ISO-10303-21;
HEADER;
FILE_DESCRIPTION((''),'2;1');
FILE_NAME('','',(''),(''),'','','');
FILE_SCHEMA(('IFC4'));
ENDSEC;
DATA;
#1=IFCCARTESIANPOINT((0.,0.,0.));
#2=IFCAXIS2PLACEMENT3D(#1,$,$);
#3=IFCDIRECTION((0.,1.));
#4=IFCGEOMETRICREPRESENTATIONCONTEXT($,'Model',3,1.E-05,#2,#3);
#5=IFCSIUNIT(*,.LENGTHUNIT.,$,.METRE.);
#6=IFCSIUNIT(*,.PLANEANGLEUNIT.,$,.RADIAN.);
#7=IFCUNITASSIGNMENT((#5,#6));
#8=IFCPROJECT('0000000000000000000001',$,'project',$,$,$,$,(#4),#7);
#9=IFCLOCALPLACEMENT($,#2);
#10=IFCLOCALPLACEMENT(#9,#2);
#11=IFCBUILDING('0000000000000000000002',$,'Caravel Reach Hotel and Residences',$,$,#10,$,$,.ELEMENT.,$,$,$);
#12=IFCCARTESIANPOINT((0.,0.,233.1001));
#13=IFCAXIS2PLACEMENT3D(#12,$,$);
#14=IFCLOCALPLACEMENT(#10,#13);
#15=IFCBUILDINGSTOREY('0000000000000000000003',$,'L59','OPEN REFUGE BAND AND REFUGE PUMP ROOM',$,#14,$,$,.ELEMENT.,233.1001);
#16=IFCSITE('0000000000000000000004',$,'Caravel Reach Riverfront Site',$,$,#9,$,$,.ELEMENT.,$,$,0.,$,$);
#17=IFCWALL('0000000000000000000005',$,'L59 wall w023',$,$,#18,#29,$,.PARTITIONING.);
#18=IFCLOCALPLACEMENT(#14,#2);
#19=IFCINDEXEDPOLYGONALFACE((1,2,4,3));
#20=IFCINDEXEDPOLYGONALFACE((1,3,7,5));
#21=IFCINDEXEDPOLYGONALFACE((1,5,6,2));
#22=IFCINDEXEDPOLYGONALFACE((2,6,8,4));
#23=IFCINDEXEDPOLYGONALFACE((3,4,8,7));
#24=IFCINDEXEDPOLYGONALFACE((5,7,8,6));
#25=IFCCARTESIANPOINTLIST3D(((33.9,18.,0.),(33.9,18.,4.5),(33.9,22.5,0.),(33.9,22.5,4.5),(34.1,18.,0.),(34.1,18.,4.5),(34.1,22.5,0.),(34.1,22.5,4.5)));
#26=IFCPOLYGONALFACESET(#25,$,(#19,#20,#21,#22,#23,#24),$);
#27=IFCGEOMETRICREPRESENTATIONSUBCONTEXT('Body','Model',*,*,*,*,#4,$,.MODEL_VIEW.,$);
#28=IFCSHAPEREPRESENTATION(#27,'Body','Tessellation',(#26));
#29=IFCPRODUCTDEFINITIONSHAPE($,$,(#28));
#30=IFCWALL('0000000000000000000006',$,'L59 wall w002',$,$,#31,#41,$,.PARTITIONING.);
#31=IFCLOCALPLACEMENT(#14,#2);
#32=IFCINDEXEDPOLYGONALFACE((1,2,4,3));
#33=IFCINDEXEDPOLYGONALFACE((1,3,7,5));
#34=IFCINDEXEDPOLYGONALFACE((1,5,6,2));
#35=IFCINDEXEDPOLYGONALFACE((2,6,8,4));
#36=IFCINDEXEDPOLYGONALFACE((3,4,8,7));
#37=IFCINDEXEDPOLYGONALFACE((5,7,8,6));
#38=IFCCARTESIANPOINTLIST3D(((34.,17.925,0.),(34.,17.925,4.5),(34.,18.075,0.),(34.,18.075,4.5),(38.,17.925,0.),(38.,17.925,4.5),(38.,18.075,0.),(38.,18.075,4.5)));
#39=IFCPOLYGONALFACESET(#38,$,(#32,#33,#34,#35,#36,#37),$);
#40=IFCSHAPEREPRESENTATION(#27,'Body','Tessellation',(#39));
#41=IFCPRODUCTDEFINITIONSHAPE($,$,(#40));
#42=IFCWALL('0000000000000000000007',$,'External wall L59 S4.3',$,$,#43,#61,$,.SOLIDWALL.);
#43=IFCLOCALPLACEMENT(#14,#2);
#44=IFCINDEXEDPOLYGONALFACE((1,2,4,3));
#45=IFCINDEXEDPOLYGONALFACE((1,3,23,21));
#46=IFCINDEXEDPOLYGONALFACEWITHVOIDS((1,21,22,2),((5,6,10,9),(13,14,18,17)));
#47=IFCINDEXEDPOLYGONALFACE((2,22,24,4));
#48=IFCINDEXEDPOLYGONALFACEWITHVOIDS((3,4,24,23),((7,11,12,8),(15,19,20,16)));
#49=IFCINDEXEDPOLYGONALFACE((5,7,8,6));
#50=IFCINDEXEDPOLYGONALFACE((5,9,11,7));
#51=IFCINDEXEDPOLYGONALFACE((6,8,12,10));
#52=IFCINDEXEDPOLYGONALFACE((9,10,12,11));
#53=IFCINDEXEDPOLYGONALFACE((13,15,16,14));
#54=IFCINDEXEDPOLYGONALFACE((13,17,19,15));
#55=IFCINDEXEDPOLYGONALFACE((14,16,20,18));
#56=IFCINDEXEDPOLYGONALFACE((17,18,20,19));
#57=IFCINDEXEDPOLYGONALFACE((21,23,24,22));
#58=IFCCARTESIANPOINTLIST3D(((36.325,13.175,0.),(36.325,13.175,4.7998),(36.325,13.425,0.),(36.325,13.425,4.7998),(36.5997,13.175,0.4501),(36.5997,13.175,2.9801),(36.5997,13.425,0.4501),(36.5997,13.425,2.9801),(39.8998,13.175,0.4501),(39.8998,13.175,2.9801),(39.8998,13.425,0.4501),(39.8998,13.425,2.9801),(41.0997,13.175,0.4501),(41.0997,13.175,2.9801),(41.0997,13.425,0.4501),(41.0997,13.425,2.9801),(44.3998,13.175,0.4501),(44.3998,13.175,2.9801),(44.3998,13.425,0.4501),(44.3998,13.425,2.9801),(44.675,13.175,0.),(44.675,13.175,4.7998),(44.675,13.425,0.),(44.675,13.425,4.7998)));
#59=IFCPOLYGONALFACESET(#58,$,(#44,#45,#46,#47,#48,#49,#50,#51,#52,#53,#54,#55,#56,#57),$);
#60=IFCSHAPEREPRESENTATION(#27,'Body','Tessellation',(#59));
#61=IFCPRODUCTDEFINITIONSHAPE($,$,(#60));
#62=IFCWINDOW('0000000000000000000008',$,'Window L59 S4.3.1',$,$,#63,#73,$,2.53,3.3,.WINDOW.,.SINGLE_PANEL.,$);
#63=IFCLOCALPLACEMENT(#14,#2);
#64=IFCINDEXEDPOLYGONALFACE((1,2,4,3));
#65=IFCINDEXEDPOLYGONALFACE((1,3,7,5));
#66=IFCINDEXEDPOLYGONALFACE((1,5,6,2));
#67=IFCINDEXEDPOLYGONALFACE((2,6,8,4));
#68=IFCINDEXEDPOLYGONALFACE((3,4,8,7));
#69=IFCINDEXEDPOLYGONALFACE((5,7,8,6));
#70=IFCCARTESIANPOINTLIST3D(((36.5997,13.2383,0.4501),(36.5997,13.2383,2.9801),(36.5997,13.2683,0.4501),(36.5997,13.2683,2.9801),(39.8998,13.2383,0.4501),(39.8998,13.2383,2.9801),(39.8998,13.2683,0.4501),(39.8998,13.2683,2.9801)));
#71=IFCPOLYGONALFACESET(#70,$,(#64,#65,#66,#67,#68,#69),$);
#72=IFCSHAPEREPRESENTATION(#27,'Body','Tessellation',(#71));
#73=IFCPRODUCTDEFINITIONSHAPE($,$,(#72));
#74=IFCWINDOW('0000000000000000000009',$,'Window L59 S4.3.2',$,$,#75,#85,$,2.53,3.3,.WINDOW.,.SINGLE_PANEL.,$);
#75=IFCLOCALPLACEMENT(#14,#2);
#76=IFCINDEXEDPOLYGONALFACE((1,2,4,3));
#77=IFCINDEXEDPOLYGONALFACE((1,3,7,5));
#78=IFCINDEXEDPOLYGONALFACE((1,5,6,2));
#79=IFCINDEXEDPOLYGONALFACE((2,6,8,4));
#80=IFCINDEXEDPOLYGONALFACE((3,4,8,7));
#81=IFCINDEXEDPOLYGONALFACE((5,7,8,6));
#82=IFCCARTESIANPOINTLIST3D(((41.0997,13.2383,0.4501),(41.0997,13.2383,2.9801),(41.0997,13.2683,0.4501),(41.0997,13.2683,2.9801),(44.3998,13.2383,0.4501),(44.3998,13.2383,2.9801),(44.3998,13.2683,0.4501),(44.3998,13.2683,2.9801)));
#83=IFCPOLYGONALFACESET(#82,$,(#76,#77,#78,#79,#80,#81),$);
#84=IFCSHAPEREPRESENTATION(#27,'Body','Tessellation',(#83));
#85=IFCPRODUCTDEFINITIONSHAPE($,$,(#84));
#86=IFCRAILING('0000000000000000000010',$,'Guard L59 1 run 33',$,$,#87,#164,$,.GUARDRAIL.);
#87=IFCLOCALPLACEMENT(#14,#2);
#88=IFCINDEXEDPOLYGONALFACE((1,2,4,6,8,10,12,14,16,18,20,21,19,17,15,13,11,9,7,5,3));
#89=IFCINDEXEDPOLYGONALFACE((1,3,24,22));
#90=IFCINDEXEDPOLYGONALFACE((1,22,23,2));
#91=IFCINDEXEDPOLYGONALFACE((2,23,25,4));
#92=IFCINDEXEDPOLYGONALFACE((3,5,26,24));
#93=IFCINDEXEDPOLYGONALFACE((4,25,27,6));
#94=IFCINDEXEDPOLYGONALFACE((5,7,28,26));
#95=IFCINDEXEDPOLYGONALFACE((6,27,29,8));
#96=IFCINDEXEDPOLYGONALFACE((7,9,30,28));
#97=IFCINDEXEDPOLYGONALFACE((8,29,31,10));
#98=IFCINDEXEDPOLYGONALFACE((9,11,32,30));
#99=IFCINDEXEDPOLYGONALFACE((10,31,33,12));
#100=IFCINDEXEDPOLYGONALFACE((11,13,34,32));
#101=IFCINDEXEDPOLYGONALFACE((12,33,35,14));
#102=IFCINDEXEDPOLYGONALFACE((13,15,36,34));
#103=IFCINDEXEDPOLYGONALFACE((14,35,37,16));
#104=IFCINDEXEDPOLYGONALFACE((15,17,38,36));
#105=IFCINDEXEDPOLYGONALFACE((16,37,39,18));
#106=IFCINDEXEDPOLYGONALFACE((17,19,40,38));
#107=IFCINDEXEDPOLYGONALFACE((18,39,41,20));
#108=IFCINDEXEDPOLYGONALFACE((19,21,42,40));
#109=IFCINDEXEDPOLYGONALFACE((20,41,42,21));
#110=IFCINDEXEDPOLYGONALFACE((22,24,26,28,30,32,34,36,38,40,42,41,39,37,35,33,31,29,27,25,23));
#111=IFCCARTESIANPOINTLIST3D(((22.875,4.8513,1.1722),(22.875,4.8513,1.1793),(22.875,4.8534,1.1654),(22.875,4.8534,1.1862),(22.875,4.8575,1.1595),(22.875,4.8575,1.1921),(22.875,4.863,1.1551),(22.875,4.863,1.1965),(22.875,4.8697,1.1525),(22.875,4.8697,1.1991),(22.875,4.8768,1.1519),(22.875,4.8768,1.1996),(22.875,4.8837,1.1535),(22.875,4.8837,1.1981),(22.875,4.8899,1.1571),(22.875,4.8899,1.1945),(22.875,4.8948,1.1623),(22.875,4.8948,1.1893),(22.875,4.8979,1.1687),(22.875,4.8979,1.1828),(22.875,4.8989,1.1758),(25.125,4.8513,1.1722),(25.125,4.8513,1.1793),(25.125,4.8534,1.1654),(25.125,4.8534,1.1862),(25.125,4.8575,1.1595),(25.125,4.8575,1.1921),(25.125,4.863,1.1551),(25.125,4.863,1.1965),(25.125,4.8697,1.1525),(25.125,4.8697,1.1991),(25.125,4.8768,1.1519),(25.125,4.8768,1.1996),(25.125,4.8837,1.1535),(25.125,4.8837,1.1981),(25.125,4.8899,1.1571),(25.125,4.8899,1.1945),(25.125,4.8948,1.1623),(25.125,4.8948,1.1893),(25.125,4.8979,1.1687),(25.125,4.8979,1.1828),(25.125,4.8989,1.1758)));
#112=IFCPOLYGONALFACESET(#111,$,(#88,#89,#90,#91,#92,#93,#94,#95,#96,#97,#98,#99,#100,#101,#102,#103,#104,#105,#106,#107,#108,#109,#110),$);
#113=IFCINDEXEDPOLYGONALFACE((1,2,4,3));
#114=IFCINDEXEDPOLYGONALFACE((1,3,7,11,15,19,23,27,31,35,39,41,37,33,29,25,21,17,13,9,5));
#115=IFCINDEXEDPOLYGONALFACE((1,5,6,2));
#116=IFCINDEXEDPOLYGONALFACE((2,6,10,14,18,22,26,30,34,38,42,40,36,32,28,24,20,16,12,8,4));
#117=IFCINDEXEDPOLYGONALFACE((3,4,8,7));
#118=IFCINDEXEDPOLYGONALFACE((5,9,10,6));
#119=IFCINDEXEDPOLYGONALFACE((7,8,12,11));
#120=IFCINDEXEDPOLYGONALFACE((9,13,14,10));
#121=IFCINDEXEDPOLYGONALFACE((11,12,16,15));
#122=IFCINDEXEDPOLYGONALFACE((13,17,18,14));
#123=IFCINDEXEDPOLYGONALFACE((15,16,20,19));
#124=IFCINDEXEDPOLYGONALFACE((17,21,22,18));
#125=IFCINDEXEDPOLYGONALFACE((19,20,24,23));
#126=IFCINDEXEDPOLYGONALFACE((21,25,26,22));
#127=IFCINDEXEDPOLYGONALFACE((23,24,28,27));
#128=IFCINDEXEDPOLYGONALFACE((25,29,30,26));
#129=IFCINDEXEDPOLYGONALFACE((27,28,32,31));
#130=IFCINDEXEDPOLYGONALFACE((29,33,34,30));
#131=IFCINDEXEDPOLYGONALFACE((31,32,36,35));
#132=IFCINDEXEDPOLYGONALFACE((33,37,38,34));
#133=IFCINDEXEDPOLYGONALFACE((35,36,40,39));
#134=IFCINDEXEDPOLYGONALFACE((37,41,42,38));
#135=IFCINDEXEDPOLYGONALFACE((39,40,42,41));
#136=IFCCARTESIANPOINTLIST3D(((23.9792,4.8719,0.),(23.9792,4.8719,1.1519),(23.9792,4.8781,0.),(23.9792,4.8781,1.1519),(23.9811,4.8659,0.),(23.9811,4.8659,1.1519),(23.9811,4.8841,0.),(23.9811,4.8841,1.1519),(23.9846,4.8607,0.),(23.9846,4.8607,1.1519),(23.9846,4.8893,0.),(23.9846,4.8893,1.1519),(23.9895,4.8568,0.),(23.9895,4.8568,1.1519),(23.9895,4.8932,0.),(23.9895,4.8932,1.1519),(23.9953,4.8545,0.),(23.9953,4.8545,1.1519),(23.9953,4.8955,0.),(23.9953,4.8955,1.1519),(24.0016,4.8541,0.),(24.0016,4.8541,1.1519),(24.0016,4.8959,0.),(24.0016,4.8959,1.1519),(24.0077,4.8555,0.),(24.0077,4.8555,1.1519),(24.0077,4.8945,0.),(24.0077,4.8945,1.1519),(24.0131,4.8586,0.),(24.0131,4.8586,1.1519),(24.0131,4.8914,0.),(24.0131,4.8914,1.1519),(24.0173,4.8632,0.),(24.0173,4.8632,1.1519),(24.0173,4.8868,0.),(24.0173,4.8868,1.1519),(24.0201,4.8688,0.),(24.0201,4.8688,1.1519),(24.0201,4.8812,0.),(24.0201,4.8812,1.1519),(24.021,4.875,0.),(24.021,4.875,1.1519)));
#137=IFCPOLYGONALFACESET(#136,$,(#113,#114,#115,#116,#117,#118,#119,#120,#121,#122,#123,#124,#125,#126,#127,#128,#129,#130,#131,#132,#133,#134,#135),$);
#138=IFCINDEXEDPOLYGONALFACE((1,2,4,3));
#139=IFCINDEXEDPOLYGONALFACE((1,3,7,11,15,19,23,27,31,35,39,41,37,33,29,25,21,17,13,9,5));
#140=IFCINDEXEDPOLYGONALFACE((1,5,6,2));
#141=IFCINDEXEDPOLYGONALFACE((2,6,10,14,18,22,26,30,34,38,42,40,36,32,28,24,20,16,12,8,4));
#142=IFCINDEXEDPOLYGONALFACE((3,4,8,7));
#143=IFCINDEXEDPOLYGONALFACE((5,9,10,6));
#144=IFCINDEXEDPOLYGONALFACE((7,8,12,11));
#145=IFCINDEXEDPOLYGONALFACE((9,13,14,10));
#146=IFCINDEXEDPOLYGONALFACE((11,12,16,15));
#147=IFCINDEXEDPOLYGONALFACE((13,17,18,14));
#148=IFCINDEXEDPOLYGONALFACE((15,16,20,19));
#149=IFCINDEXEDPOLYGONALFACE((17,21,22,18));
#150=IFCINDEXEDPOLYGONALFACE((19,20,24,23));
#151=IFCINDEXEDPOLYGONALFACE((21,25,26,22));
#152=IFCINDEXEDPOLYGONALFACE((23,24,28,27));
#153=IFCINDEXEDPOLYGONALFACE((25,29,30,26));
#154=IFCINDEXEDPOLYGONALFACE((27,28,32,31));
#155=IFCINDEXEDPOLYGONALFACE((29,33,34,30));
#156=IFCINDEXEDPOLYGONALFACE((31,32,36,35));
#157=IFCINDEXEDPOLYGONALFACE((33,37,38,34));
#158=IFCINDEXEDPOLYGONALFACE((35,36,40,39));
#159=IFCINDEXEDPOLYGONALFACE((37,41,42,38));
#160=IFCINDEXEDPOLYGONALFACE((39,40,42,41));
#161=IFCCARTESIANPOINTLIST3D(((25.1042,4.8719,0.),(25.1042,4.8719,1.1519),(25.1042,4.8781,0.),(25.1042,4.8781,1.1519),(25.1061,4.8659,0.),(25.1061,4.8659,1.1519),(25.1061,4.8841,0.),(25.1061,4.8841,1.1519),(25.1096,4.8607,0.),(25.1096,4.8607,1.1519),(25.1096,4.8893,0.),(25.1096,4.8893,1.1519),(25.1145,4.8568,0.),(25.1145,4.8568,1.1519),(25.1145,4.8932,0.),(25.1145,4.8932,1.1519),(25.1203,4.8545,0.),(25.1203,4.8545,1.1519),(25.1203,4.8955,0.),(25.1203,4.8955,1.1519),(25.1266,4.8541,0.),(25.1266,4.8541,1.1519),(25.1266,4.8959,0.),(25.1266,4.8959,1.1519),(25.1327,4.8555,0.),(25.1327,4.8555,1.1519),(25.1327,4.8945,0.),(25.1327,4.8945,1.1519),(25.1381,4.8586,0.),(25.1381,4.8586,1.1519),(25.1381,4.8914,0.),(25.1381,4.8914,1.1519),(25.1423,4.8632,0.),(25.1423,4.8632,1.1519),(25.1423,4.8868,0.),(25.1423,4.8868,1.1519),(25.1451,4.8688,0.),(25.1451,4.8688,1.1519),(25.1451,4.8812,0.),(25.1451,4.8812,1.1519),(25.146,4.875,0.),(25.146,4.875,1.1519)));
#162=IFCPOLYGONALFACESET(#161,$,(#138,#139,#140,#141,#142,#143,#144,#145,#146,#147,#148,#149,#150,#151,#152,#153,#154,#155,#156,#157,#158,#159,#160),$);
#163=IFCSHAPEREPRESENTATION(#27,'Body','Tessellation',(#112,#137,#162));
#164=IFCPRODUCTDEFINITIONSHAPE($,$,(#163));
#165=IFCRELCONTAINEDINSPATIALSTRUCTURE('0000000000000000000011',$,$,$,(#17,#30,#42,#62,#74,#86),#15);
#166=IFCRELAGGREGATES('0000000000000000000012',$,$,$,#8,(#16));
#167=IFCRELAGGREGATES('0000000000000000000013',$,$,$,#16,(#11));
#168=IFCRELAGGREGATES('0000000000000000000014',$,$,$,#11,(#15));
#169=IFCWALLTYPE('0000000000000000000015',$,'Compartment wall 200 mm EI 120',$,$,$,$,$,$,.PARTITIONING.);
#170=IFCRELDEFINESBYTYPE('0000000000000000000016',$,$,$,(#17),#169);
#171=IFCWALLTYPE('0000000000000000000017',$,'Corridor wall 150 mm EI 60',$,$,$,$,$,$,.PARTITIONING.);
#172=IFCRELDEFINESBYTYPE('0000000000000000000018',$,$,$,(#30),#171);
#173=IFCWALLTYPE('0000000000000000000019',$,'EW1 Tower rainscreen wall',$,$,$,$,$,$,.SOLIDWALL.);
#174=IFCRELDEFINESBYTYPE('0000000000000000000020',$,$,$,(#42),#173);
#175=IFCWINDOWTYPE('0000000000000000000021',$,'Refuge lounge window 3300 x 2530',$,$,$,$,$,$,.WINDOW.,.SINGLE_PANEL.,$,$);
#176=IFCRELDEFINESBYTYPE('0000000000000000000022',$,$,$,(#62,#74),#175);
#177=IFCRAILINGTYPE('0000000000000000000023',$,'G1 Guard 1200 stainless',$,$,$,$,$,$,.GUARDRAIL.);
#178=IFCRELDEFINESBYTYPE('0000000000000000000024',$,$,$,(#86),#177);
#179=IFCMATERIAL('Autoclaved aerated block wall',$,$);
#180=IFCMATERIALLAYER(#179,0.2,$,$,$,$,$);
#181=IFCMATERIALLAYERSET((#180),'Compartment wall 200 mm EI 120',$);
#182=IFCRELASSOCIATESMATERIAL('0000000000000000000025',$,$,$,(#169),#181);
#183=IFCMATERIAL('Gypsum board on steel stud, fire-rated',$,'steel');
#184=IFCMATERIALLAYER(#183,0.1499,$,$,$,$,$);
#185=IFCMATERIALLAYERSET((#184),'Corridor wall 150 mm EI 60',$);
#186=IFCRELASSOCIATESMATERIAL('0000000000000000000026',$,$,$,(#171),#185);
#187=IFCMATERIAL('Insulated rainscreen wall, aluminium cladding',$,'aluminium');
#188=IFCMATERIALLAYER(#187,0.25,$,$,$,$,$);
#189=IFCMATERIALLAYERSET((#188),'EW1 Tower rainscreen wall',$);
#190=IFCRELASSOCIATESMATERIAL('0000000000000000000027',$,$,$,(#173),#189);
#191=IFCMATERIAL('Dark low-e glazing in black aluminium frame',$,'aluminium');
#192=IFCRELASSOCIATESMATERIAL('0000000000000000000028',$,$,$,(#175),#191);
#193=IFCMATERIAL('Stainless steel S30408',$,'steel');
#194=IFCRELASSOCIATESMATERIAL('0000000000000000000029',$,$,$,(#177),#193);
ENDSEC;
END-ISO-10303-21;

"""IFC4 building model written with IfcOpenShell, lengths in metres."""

from ifc_helpers import new_model, si_unit, direction, frame, frame_2d, origin, origin_2d, place, context, subcontext, project, spatial, rectangle, circle, extrude, material, layer, layer_set, type_object, element, fill, save


model = new_model("IFC4")

# Units and contexts
model_context = context("Model", 3, precision=1e-05, world=origin(), true_north=direction((0.0, 1.0)))
body_context = subcontext(model_context, "Body", "Model", "MODEL_VIEW")
ifc_project = project(units=[si_unit("LENGTHUNIT", "METRE"), si_unit("PLANEANGLEUNIT", "RADIAN")], contexts=[model_context])

# Site, building, storey
site_placement = place(None, origin())
site = spatial("IfcSite", under=ifc_project, at=site_placement, Name="Caravel Reach Riverfront Site", CompositionType="ELEMENT", RefElevation=0.0)
building_placement = place(site_placement, origin())
building = spatial("IfcBuilding", under=site, at=building_placement, Name="Caravel Reach Hotel and Residences", CompositionType="ELEMENT")
storey_placement = place(building_placement, frame((0.0, 0.0, 233.1001)))
storey = spatial("IfcBuildingStorey", under=building, at=storey_placement, Name="L59", Description="OPEN REFUGE BAND AND REFUGE PUMP ROOM", CompositionType="ELEMENT", Elevation=233.1001)

# Shared definitions
ifc_material_1 = material(Name="Autoclaved aerated block wall")
ifc_layer_1 = layer(ifc_material_1, 0.2)
ifc_layer_set_1 = layer_set([ifc_layer_1], Name="Compartment wall 200 mm EI 120")
wall_type_1 = type_object("IfcWallType", Name="Compartment wall 200 mm EI 120", PredefinedType="PARTITIONING", material=ifc_layer_set_1)

# Walls
wall_1_placement = place(storey_placement, frame((34.0, 18.0, 0.0), z_axis=(0.0, 0.0, 1.0), x_axis=(0.0, 1.0, 0.0)))
element("IfcWall", 1, at=wall_1_placement, inside=storey, type_object=wall_type_1, Name="L59 wall w023", PredefinedType="PARTITIONING", context=body_context, shape_type="SweptSolid", body=[
    extrude(rectangle(XDim=4.5, YDim=0.2, at=frame_2d((2.25, 0.0))), origin(), (0.0, 0.0, 1.0), 4.5),
])
ifc_material_2 = material(Name="Gypsum board on steel stud, fire-rated", Category="steel")
ifc_layer_2 = layer(ifc_material_2, 0.1499)
ifc_layer_set_2 = layer_set([ifc_layer_2], Name="Corridor wall 150 mm EI 60")
wall_type_2 = type_object("IfcWallType", Name="Corridor wall 150 mm EI 60", PredefinedType="PARTITIONING", material=ifc_layer_set_2)
wall_2_placement = place(storey_placement, frame((34.0, 18.0, 0.0), z_axis=(0.0, 0.0, 1.0), x_axis=(1.0, 0.0, 0.0)))
element("IfcWall", 2, at=wall_2_placement, inside=storey, type_object=wall_type_2, Name="L59 wall w002", PredefinedType="PARTITIONING", context=body_context, shape_type="SweptSolid", body=[
    extrude(rectangle(XDim=4.0, YDim=0.1499, at=frame_2d((2.0, 0.0))), origin(), (0.0, 0.0, 1.0), 4.5),
])

# Shared definitions
ifc_material_3 = material(Name="Insulated rainscreen wall, aluminium cladding", Category="aluminium")
ifc_layer_3 = layer(ifc_material_3, 0.25)
ifc_layer_set_3 = layer_set([ifc_layer_3], Name="EW1 Tower rainscreen wall")
wall_type_3 = type_object("IfcWallType", Name="EW1 Tower rainscreen wall", PredefinedType="SOLIDWALL", material=ifc_layer_set_3)
ifc_material_4 = material(Name="Dark low-e glazing in black aluminium frame", Category="aluminium")
window_type = type_object("IfcWindowType", Name="Refuge lounge window 3300 x 2530", PartitioningType="SINGLE_PANEL", PredefinedType="WINDOW", material=ifc_material_4)

# Wall, openings, windows
wall_3_placement = place(storey_placement, frame((36.325, 13.3, 0.0), z_axis=(0.0, 0.0, 1.0), x_axis=(1.0, 0.0, 0.0)))
wall_3 = element("IfcWall", 3, at=wall_3_placement, inside=storey, type_object=wall_type_3, Name="External wall L59 S4.3", PredefinedType="SOLIDWALL", context=body_context, shape_type="SweptSolid", body=[
    extrude(rectangle(XDim=8.3501, YDim=0.25, at=frame_2d((4.175, 0.0))), origin(), (0.0, 0.0, 1.0), 4.7998),
])
opening_1_placement = place(wall_3_placement, frame((0.2749, 0.0, 0.45)))
opening_1 = element("IfcOpeningElement", 4, at=opening_1_placement, cuts=wall_3, PredefinedType="OPENING", context=body_context, shape_type="SweptSolid", body=[
    extrude(rectangle(XDim=3.3, YDim=2.53, at=frame_2d((1.6499, 1.2651))), frame((0.0, 0.135, 0.0), z_axis=(0.0, -1.0, 0.0), x_axis=(1.0, 0.0, 0.0)), (0.0, 0.0, 1.0), 0.27),
])
opening_2_placement = place(wall_3_placement, frame((4.7749, 0.0, 0.45)))
opening_2 = element("IfcOpeningElement", 5, at=opening_2_placement, cuts=wall_3, PredefinedType="OPENING", context=body_context, shape_type="SweptSolid", body=[
    extrude(rectangle(XDim=3.3, YDim=2.53, at=frame_2d((1.6499, 1.2651))), frame((0.0, 0.135, 0.0), z_axis=(0.0, -1.0, 0.0), x_axis=(1.0, 0.0, 0.0)), (0.0, 0.0, 1.0), 0.27),
])
window_1_placement = place(opening_1_placement, origin())
window_1 = element("IfcWindow", 6, at=window_1_placement, inside=storey, type_object=window_type, Name="Window L59 S4.3.1", OverallHeight=2.53, OverallWidth=3.3, PartitioningType="SINGLE_PANEL", PredefinedType="WINDOW", context=body_context, shape_type="SweptSolid", body=[
    extrude(rectangle(XDim=3.3, YDim=2.53, at=frame_2d((1.6499, 1.2651))), frame((0.0, -0.0317, 0.0), z_axis=(0.0, -1.0, 0.0), x_axis=(1.0, 0.0, 0.0)), (0.0, 0.0, 1.0), 0.03),
])
fill(opening_1, window_1)
window_2_placement = place(opening_2_placement, origin())
window_2 = element("IfcWindow", 7, at=window_2_placement, inside=storey, type_object=window_type, Name="Window L59 S4.3.2", OverallHeight=2.53, OverallWidth=3.3, PartitioningType="SINGLE_PANEL", PredefinedType="WINDOW", context=body_context, shape_type="SweptSolid", body=[
    extrude(rectangle(XDim=3.3, YDim=2.53, at=frame_2d((1.6499, 1.2651))), frame((0.0, -0.0317, 0.0), z_axis=(0.0, -1.0, 0.0), x_axis=(1.0, 0.0, 0.0)), (0.0, 0.0, 1.0), 0.03),
])
fill(opening_2, window_2)

# Railing
ifc_material_5 = material(Name="Stainless steel S30408", Category="steel")
railing_type = type_object("IfcRailingType", Name="G1 Guard 1200 stainless", PredefinedType="GUARDRAIL", material=ifc_material_5)
railing_1_placement = place(storey_placement, frame((22.875, 4.875, 0.0)))
element("IfcRailing", 8, at=railing_1_placement, inside=storey, type_object=railing_type, Name="Guard L59 1 run 33", PredefinedType="GUARDRAIL", context=body_context, shape_type="SweptSolid", body=[
    extrude(circle(Radius=0.0239, at=origin_2d()), frame((0.0, 0.0, 1.1758), z_axis=(1.0, 0.0, 0.0), x_axis=(0.0, 1.0, 0.0)), (0.0, 0.0, 1.0), 2.25),
    extrude(circle(Radius=0.021, at=origin_2d()), frame((1.125, 0.0, 0.0)), (0.0, 0.0, 1.0), 1.1519),
    extrude(circle(Radius=0.021, at=origin_2d()), frame((2.25, 0.0, 0.0)), (0.0, 0.0, 1.0), 1.1519),
])

save(model, "model.ifc")
